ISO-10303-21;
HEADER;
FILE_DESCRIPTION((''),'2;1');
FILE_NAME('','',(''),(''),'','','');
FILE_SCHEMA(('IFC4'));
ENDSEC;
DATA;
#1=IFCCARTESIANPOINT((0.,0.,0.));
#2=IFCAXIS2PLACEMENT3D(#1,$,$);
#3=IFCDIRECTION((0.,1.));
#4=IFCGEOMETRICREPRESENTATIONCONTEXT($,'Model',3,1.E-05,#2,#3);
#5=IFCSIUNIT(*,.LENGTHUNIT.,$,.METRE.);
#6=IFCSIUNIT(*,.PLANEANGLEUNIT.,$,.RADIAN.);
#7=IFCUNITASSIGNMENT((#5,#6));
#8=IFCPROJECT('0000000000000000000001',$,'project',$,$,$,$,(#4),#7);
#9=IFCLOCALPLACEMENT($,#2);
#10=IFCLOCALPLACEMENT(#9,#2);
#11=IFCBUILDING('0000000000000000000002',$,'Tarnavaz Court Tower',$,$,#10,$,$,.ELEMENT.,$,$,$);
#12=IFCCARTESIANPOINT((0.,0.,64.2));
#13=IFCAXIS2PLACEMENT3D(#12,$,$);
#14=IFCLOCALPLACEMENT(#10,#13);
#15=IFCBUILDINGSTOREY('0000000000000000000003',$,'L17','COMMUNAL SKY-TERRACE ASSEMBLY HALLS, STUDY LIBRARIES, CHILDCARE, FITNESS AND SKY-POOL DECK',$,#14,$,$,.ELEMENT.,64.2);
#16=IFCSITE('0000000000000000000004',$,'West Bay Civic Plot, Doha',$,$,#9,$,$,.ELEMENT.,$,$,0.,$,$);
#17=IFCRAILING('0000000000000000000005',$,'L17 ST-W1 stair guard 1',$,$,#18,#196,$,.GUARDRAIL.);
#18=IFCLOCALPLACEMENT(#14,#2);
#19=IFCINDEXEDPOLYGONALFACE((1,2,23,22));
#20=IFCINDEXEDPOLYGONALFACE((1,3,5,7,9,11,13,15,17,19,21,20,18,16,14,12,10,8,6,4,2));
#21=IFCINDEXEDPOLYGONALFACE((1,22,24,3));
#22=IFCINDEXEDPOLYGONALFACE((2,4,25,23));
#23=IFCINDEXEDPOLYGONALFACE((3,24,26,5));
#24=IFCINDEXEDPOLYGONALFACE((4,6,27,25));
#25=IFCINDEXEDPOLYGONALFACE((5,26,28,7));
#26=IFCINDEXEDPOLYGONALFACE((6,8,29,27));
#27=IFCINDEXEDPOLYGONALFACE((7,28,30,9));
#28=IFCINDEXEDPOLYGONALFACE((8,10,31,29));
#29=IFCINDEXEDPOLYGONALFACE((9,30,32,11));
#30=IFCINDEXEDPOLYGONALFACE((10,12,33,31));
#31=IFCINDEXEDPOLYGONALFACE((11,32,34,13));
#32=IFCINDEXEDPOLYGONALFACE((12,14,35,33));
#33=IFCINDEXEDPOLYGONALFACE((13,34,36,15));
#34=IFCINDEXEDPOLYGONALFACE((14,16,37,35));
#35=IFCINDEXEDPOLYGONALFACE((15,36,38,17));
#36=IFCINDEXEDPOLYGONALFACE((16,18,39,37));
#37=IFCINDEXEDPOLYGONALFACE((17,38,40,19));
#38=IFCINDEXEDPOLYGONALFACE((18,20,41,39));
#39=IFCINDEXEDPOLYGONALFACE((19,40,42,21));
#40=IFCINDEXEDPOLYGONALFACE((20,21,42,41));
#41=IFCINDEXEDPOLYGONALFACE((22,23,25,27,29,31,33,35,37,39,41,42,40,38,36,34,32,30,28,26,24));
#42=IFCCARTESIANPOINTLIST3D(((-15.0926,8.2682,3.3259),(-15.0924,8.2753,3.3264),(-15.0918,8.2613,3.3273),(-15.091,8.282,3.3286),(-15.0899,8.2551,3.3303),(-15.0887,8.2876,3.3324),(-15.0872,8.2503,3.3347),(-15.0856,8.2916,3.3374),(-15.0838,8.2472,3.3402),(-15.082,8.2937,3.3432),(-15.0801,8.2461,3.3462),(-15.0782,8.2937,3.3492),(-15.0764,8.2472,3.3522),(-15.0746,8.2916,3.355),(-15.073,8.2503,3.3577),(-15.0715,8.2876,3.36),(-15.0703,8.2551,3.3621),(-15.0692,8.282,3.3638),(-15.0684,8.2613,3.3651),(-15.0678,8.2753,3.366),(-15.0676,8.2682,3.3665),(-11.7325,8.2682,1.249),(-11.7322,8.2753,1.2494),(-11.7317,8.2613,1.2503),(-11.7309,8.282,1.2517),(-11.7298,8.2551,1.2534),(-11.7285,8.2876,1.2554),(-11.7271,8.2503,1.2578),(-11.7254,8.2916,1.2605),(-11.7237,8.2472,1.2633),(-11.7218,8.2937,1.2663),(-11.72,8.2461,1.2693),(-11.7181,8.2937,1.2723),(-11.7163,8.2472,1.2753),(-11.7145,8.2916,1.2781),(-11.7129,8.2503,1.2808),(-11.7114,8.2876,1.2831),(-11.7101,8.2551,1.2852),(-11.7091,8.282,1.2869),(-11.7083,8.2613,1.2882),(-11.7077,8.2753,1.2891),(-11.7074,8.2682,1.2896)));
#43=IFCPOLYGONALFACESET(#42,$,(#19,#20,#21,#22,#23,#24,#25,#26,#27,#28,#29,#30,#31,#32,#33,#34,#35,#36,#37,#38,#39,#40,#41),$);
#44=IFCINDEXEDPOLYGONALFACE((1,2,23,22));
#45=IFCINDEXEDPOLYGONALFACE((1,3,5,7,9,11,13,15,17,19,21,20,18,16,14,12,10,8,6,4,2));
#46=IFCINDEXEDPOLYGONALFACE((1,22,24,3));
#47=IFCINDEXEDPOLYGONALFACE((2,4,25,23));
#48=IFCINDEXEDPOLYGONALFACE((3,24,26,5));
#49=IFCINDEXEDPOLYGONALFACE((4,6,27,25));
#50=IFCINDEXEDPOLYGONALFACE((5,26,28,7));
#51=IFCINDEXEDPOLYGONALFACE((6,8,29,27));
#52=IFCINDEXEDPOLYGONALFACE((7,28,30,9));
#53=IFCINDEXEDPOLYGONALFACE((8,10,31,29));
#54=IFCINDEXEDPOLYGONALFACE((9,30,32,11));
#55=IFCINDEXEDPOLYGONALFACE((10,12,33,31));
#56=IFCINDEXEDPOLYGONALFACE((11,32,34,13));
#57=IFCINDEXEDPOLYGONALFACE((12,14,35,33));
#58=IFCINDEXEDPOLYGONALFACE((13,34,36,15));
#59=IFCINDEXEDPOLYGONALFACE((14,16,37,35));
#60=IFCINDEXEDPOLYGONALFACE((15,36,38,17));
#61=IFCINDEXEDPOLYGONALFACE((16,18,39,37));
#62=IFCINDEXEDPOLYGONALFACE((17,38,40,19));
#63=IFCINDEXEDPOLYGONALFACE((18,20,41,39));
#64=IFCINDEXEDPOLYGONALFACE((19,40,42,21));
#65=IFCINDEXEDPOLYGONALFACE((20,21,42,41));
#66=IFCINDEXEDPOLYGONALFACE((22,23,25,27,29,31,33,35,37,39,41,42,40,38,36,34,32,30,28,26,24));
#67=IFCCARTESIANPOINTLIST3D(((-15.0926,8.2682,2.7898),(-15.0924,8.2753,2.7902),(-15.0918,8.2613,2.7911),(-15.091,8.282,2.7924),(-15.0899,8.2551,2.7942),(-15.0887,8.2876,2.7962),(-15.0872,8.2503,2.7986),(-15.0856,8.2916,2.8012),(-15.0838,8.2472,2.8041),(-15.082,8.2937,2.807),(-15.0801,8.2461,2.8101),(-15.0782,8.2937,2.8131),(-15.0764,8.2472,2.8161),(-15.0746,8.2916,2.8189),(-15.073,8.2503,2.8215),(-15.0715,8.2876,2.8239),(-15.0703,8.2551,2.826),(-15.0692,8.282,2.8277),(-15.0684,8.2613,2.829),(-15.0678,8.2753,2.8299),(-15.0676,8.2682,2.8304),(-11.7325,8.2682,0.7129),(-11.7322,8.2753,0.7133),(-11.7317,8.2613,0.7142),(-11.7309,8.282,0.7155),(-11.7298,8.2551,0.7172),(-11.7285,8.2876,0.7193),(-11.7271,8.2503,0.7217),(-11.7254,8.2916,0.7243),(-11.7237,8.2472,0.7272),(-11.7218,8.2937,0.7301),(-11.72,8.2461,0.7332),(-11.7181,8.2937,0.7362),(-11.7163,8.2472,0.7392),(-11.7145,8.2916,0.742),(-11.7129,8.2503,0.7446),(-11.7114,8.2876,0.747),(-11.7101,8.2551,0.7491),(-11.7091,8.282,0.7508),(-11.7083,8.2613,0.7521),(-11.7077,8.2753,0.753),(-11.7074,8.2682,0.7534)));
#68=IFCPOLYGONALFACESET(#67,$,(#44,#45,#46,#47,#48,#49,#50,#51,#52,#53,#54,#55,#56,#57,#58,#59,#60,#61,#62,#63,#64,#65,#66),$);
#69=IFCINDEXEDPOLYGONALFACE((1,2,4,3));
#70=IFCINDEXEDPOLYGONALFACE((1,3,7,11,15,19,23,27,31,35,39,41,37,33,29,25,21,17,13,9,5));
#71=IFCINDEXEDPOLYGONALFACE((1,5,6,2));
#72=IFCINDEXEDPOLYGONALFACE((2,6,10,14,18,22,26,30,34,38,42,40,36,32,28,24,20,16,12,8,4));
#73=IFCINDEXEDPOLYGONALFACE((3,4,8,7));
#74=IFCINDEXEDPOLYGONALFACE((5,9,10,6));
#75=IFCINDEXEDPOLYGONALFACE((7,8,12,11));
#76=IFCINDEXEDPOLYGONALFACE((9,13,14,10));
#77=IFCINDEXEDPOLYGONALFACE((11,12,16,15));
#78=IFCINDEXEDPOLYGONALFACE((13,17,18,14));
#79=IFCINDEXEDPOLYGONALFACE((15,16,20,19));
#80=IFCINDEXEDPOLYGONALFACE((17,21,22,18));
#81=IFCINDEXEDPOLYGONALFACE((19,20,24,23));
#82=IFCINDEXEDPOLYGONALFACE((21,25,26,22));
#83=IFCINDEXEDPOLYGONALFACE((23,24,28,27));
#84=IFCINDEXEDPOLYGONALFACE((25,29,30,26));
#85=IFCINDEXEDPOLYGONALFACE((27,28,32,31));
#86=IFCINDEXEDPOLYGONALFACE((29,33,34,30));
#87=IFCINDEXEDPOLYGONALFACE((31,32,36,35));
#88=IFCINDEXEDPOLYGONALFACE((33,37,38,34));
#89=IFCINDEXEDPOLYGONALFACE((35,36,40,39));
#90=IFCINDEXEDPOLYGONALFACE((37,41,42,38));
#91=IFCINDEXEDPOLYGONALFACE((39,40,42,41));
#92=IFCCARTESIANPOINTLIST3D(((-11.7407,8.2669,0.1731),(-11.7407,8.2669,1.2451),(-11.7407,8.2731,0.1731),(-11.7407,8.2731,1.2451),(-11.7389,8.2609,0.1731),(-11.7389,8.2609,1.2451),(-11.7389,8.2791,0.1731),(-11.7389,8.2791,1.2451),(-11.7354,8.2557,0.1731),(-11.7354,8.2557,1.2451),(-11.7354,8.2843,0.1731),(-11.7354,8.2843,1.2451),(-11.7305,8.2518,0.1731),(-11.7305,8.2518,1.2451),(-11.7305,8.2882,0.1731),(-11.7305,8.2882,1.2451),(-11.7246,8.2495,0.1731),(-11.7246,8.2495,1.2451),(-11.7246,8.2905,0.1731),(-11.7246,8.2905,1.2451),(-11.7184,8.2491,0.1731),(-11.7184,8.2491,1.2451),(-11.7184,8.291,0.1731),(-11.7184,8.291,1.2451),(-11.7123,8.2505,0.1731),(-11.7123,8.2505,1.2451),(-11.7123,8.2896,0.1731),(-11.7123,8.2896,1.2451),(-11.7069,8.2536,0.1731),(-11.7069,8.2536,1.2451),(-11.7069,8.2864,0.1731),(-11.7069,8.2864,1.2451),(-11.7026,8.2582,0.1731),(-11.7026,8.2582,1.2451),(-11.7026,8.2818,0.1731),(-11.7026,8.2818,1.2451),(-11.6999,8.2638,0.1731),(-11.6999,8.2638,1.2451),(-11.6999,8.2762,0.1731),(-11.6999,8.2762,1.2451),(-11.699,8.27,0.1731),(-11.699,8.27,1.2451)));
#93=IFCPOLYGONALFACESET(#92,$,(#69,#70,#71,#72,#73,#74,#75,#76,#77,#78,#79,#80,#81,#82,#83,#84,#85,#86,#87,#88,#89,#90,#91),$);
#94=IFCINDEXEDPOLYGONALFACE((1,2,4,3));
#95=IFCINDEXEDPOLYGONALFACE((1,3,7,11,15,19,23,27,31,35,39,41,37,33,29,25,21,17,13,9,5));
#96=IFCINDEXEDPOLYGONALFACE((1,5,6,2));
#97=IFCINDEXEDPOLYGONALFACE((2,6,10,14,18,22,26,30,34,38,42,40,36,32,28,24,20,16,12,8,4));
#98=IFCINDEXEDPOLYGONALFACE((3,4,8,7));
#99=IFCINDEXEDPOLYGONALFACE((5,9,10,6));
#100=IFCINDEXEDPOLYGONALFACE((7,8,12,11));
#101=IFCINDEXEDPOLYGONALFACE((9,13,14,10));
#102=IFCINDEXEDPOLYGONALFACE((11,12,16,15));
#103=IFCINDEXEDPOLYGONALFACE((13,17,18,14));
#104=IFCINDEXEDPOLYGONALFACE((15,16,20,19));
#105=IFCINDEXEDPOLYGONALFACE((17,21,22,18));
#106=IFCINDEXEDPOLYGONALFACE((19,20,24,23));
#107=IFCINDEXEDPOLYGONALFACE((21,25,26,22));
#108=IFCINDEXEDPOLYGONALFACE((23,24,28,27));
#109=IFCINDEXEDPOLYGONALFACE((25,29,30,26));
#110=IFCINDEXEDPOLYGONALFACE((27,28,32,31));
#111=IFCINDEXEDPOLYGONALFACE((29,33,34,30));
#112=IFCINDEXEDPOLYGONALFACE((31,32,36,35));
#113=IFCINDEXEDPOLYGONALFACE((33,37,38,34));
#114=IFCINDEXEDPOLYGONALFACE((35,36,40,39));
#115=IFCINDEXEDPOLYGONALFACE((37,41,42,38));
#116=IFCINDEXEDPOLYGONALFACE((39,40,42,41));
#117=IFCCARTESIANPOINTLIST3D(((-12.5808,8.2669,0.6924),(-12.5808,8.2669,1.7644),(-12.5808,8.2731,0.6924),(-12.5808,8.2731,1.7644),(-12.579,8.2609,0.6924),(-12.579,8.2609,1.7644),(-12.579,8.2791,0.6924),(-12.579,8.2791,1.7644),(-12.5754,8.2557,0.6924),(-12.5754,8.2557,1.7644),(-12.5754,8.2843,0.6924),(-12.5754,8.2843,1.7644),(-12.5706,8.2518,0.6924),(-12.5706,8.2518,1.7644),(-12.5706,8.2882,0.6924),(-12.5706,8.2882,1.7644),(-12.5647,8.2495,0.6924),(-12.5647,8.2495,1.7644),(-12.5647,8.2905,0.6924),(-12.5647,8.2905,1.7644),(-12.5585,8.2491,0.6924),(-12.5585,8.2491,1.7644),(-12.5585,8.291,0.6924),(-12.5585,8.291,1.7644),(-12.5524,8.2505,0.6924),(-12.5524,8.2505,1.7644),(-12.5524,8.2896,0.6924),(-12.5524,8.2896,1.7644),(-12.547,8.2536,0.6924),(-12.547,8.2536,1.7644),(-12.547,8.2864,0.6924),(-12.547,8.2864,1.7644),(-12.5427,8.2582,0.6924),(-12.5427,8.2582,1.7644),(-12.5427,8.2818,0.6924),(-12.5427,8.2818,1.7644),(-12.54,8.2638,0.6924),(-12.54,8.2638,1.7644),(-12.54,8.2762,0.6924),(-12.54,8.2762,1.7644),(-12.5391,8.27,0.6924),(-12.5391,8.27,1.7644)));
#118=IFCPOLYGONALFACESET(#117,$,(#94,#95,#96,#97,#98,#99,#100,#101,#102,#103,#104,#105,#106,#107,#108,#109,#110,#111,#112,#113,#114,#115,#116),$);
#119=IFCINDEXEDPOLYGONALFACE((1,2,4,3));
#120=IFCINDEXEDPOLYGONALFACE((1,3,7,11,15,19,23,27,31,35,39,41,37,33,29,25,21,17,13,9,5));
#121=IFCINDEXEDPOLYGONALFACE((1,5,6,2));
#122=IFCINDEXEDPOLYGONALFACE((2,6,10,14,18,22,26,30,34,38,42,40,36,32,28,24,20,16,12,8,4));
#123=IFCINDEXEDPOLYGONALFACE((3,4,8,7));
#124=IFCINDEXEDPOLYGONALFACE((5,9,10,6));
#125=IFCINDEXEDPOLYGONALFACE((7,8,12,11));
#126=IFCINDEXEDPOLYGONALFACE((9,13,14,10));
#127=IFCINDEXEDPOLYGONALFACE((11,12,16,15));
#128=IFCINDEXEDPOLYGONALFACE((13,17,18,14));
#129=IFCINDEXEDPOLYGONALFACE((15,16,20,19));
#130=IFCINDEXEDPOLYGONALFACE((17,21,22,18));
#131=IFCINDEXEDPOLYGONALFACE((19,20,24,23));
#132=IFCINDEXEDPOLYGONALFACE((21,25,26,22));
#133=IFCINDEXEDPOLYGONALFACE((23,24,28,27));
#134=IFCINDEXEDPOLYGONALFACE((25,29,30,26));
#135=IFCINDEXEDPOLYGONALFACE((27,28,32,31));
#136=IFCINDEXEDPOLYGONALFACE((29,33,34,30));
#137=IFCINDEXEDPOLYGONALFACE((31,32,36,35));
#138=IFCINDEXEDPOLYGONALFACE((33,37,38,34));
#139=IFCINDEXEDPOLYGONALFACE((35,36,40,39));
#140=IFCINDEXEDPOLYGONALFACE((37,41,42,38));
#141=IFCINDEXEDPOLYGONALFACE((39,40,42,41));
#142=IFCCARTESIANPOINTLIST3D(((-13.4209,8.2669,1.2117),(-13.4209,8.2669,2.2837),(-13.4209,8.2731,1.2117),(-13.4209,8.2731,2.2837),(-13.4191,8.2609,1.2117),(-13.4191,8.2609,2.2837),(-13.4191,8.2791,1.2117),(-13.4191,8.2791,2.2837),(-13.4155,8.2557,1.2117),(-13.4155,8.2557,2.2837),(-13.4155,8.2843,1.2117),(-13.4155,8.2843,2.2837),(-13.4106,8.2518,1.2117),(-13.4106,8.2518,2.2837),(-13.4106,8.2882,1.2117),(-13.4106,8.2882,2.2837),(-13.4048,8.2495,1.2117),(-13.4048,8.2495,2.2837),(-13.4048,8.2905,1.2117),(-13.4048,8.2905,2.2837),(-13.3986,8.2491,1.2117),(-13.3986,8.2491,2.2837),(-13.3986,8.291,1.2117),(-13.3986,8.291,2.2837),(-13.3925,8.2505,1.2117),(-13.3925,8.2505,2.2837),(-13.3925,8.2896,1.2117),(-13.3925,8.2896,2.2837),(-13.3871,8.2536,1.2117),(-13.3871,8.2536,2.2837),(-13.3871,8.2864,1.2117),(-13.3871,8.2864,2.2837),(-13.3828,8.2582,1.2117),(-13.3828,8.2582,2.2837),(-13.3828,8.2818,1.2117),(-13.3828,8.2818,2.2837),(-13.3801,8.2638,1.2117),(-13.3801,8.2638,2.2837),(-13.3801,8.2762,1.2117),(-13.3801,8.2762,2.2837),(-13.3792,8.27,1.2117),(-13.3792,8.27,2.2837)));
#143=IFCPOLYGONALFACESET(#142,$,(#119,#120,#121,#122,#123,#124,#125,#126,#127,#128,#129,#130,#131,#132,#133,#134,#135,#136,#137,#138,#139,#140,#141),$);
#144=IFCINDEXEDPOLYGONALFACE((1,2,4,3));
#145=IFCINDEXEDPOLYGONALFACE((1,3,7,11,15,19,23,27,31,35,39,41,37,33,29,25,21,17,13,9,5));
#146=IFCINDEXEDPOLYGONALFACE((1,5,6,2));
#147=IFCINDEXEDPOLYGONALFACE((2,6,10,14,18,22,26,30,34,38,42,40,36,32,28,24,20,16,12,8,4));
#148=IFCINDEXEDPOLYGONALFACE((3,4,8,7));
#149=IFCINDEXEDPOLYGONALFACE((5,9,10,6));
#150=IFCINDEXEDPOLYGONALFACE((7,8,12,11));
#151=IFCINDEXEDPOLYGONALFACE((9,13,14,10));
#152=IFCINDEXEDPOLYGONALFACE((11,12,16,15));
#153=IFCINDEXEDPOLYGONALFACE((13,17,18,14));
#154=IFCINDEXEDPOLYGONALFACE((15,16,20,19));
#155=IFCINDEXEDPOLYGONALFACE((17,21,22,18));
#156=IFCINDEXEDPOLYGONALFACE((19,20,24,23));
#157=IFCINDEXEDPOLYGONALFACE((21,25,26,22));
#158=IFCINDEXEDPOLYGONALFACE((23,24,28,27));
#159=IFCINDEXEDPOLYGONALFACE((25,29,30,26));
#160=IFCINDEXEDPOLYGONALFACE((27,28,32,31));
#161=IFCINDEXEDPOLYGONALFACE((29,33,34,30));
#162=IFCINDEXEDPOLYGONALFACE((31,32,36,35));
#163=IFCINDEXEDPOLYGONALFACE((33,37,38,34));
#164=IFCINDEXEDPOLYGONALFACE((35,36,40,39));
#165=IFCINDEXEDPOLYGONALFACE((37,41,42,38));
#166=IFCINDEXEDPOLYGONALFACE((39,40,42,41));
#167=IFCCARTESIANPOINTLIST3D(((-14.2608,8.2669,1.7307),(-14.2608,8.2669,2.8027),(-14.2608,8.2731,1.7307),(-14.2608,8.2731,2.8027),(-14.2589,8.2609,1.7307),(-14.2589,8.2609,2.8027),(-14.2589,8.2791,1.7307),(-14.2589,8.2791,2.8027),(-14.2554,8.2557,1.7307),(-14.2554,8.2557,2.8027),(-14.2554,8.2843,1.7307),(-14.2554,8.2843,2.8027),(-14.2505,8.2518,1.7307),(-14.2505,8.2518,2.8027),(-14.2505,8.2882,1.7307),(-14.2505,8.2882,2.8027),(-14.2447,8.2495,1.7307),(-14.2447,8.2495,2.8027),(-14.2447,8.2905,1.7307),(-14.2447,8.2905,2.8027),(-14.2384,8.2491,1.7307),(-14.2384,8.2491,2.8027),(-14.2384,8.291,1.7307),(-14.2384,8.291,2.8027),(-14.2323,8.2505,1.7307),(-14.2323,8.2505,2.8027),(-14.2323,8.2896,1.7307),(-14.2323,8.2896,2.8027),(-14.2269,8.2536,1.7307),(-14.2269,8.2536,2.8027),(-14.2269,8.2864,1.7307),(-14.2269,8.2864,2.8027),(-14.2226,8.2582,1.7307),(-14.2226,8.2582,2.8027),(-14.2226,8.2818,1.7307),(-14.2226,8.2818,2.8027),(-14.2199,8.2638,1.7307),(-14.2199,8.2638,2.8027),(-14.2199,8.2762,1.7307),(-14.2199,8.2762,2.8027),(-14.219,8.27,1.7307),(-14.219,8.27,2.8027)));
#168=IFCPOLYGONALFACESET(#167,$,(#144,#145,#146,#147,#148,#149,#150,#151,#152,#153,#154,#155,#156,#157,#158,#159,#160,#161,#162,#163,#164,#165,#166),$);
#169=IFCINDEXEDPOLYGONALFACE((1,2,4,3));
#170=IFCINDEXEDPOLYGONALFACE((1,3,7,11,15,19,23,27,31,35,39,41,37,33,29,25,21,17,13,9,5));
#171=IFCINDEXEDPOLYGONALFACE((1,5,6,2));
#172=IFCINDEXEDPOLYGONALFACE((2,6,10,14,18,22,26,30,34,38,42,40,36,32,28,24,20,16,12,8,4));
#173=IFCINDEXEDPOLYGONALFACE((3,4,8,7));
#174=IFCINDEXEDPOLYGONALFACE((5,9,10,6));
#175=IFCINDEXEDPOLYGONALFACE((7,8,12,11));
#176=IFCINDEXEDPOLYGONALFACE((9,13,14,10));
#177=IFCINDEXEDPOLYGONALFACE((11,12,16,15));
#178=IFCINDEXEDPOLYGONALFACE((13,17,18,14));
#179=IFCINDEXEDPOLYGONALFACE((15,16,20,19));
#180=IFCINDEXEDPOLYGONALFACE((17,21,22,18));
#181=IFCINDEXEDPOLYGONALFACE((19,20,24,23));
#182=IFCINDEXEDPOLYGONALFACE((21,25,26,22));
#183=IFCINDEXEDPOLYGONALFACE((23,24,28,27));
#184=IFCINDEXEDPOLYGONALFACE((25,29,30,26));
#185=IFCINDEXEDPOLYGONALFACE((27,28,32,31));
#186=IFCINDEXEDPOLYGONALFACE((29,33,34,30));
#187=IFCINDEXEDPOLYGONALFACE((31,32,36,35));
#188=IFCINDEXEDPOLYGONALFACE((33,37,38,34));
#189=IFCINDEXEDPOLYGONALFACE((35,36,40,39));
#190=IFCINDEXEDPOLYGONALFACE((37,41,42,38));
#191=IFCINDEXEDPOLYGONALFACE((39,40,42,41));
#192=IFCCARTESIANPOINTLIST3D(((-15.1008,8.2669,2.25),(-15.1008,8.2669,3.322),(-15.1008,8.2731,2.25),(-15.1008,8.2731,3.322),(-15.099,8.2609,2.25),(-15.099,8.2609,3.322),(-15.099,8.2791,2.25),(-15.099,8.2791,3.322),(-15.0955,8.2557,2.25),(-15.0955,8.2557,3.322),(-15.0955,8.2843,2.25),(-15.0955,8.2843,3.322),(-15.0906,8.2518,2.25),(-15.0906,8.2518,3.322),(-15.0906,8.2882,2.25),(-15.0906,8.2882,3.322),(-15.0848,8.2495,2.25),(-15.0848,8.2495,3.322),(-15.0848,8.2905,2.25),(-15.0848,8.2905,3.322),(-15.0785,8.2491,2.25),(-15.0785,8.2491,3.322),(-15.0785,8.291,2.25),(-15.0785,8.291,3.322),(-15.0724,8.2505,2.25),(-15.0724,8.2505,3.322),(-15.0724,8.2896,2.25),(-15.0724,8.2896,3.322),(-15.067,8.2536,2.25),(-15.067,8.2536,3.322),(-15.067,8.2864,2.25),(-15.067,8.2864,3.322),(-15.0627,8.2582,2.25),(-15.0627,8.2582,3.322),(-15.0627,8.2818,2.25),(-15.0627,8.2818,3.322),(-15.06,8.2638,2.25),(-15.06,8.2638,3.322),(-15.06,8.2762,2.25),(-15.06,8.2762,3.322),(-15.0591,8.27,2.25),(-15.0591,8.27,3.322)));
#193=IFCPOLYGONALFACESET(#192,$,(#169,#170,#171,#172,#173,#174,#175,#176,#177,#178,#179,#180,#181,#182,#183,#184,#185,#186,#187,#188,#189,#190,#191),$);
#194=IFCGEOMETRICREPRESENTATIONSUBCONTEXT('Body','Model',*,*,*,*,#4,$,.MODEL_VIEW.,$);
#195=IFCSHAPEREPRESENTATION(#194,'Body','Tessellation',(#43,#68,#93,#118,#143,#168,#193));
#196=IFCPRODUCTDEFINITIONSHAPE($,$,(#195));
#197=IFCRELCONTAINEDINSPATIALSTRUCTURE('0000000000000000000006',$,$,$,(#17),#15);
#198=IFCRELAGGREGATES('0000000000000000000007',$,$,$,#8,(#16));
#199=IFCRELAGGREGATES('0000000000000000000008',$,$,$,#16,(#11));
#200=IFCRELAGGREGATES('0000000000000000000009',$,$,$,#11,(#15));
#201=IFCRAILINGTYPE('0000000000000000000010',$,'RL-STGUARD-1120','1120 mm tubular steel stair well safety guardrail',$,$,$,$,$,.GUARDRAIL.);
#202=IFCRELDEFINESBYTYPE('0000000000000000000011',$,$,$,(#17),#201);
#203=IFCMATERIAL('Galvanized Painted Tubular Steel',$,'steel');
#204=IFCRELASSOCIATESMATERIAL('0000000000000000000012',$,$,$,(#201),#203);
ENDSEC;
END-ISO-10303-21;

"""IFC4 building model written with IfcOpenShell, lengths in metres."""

from ifc_helpers import new_model, si_unit, direction, frame, origin, origin_2d, place, context, subcontext, project, spatial, circle, extrude, material, type_object, element, save


model = new_model("IFC4")

# Units and contexts
model_context = context("Model", 3, precision=1e-05, world=origin(), true_north=direction((0.0, 1.0)))
body_context = subcontext(model_context, "Body", "Model", "MODEL_VIEW")
ifc_project = project(units=[si_unit("LENGTHUNIT", "METRE"), si_unit("PLANEANGLEUNIT", "RADIAN")], contexts=[model_context])

# Site, building, storey
site_placement = place(None, origin())
site = spatial("IfcSite", under=ifc_project, at=site_placement, Name="West Bay Civic Plot, Doha", CompositionType="ELEMENT", RefElevation=0.0)
building_placement = place(site_placement, origin())
building = spatial("IfcBuilding", under=site, at=building_placement, Name="Tarnavaz Court Tower", CompositionType="ELEMENT")
storey_placement = place(building_placement, frame((0.0, 0.0, 64.2)))
storey = spatial("IfcBuildingStorey", under=building, at=storey_placement, Name="L17", Description="COMMUNAL SKY-TERRACE ASSEMBLY HALLS, STUDY LIBRARIES, CHILDCARE, FITNESS AND SKY-POOL DECK", CompositionType="ELEMENT", Elevation=64.2)

# Railing
ifc_material_1 = material(Name="Galvanized Painted Tubular Steel", Category="steel")
railing_type_1 = type_object("IfcRailingType", Name="RL-STGUARD-1120", Description="1120 mm tubular steel stair well safety guardrail", PredefinedType="GUARDRAIL", material=ifc_material_1)
railing_1_placement = place(storey_placement, frame((-11.72, 8.27, 0.1731)))
element("IfcRailing", 1, at=railing_1_placement, inside=storey, type_object=railing_type_1, Name="L17 ST-W1 stair guard 1", PredefinedType="GUARDRAIL", context=body_context, shape_type="SweptSolid", body=[
    extrude(circle(Radius=0.0239, at=origin_2d()), frame((0.0, 0.0, 1.0962), z_axis=(-0.850623, 0.0, 0.525776), x_axis=(0.0, -1.0, 0.0)), (0.0, 0.0, 1.0), 3.9502),
    extrude(circle(Radius=0.0239, at=origin_2d()), frame((0.0, 0.0, 0.5601), z_axis=(-0.850623, 0.0, 0.525776), x_axis=(0.0, -1.0, 0.0)), (0.0, 0.0, 1.0), 3.9502),
    extrude(circle(Radius=0.021, at=origin_2d()), origin(), (0.0, 0.0, 1.0), 1.072),
    extrude(circle(Radius=0.021, at=origin_2d()), frame((-0.8401, 0.0, 0.5193)), (0.0, 0.0, 1.0), 1.072),
    extrude(circle(Radius=0.021, at=origin_2d()), frame((-1.6802, 0.0, 1.0386)), (0.0, 0.0, 1.0), 1.072),
    extrude(circle(Radius=0.021, at=origin_2d()), frame((-2.52, 0.0, 1.5576)), (0.0, 0.0, 1.0), 1.072),
    extrude(circle(Radius=0.021, at=origin_2d()), frame((-3.3601, 0.0, 2.0769)), (0.0, 0.0, 1.0), 1.072),
])

save(model, "model.ifc")
